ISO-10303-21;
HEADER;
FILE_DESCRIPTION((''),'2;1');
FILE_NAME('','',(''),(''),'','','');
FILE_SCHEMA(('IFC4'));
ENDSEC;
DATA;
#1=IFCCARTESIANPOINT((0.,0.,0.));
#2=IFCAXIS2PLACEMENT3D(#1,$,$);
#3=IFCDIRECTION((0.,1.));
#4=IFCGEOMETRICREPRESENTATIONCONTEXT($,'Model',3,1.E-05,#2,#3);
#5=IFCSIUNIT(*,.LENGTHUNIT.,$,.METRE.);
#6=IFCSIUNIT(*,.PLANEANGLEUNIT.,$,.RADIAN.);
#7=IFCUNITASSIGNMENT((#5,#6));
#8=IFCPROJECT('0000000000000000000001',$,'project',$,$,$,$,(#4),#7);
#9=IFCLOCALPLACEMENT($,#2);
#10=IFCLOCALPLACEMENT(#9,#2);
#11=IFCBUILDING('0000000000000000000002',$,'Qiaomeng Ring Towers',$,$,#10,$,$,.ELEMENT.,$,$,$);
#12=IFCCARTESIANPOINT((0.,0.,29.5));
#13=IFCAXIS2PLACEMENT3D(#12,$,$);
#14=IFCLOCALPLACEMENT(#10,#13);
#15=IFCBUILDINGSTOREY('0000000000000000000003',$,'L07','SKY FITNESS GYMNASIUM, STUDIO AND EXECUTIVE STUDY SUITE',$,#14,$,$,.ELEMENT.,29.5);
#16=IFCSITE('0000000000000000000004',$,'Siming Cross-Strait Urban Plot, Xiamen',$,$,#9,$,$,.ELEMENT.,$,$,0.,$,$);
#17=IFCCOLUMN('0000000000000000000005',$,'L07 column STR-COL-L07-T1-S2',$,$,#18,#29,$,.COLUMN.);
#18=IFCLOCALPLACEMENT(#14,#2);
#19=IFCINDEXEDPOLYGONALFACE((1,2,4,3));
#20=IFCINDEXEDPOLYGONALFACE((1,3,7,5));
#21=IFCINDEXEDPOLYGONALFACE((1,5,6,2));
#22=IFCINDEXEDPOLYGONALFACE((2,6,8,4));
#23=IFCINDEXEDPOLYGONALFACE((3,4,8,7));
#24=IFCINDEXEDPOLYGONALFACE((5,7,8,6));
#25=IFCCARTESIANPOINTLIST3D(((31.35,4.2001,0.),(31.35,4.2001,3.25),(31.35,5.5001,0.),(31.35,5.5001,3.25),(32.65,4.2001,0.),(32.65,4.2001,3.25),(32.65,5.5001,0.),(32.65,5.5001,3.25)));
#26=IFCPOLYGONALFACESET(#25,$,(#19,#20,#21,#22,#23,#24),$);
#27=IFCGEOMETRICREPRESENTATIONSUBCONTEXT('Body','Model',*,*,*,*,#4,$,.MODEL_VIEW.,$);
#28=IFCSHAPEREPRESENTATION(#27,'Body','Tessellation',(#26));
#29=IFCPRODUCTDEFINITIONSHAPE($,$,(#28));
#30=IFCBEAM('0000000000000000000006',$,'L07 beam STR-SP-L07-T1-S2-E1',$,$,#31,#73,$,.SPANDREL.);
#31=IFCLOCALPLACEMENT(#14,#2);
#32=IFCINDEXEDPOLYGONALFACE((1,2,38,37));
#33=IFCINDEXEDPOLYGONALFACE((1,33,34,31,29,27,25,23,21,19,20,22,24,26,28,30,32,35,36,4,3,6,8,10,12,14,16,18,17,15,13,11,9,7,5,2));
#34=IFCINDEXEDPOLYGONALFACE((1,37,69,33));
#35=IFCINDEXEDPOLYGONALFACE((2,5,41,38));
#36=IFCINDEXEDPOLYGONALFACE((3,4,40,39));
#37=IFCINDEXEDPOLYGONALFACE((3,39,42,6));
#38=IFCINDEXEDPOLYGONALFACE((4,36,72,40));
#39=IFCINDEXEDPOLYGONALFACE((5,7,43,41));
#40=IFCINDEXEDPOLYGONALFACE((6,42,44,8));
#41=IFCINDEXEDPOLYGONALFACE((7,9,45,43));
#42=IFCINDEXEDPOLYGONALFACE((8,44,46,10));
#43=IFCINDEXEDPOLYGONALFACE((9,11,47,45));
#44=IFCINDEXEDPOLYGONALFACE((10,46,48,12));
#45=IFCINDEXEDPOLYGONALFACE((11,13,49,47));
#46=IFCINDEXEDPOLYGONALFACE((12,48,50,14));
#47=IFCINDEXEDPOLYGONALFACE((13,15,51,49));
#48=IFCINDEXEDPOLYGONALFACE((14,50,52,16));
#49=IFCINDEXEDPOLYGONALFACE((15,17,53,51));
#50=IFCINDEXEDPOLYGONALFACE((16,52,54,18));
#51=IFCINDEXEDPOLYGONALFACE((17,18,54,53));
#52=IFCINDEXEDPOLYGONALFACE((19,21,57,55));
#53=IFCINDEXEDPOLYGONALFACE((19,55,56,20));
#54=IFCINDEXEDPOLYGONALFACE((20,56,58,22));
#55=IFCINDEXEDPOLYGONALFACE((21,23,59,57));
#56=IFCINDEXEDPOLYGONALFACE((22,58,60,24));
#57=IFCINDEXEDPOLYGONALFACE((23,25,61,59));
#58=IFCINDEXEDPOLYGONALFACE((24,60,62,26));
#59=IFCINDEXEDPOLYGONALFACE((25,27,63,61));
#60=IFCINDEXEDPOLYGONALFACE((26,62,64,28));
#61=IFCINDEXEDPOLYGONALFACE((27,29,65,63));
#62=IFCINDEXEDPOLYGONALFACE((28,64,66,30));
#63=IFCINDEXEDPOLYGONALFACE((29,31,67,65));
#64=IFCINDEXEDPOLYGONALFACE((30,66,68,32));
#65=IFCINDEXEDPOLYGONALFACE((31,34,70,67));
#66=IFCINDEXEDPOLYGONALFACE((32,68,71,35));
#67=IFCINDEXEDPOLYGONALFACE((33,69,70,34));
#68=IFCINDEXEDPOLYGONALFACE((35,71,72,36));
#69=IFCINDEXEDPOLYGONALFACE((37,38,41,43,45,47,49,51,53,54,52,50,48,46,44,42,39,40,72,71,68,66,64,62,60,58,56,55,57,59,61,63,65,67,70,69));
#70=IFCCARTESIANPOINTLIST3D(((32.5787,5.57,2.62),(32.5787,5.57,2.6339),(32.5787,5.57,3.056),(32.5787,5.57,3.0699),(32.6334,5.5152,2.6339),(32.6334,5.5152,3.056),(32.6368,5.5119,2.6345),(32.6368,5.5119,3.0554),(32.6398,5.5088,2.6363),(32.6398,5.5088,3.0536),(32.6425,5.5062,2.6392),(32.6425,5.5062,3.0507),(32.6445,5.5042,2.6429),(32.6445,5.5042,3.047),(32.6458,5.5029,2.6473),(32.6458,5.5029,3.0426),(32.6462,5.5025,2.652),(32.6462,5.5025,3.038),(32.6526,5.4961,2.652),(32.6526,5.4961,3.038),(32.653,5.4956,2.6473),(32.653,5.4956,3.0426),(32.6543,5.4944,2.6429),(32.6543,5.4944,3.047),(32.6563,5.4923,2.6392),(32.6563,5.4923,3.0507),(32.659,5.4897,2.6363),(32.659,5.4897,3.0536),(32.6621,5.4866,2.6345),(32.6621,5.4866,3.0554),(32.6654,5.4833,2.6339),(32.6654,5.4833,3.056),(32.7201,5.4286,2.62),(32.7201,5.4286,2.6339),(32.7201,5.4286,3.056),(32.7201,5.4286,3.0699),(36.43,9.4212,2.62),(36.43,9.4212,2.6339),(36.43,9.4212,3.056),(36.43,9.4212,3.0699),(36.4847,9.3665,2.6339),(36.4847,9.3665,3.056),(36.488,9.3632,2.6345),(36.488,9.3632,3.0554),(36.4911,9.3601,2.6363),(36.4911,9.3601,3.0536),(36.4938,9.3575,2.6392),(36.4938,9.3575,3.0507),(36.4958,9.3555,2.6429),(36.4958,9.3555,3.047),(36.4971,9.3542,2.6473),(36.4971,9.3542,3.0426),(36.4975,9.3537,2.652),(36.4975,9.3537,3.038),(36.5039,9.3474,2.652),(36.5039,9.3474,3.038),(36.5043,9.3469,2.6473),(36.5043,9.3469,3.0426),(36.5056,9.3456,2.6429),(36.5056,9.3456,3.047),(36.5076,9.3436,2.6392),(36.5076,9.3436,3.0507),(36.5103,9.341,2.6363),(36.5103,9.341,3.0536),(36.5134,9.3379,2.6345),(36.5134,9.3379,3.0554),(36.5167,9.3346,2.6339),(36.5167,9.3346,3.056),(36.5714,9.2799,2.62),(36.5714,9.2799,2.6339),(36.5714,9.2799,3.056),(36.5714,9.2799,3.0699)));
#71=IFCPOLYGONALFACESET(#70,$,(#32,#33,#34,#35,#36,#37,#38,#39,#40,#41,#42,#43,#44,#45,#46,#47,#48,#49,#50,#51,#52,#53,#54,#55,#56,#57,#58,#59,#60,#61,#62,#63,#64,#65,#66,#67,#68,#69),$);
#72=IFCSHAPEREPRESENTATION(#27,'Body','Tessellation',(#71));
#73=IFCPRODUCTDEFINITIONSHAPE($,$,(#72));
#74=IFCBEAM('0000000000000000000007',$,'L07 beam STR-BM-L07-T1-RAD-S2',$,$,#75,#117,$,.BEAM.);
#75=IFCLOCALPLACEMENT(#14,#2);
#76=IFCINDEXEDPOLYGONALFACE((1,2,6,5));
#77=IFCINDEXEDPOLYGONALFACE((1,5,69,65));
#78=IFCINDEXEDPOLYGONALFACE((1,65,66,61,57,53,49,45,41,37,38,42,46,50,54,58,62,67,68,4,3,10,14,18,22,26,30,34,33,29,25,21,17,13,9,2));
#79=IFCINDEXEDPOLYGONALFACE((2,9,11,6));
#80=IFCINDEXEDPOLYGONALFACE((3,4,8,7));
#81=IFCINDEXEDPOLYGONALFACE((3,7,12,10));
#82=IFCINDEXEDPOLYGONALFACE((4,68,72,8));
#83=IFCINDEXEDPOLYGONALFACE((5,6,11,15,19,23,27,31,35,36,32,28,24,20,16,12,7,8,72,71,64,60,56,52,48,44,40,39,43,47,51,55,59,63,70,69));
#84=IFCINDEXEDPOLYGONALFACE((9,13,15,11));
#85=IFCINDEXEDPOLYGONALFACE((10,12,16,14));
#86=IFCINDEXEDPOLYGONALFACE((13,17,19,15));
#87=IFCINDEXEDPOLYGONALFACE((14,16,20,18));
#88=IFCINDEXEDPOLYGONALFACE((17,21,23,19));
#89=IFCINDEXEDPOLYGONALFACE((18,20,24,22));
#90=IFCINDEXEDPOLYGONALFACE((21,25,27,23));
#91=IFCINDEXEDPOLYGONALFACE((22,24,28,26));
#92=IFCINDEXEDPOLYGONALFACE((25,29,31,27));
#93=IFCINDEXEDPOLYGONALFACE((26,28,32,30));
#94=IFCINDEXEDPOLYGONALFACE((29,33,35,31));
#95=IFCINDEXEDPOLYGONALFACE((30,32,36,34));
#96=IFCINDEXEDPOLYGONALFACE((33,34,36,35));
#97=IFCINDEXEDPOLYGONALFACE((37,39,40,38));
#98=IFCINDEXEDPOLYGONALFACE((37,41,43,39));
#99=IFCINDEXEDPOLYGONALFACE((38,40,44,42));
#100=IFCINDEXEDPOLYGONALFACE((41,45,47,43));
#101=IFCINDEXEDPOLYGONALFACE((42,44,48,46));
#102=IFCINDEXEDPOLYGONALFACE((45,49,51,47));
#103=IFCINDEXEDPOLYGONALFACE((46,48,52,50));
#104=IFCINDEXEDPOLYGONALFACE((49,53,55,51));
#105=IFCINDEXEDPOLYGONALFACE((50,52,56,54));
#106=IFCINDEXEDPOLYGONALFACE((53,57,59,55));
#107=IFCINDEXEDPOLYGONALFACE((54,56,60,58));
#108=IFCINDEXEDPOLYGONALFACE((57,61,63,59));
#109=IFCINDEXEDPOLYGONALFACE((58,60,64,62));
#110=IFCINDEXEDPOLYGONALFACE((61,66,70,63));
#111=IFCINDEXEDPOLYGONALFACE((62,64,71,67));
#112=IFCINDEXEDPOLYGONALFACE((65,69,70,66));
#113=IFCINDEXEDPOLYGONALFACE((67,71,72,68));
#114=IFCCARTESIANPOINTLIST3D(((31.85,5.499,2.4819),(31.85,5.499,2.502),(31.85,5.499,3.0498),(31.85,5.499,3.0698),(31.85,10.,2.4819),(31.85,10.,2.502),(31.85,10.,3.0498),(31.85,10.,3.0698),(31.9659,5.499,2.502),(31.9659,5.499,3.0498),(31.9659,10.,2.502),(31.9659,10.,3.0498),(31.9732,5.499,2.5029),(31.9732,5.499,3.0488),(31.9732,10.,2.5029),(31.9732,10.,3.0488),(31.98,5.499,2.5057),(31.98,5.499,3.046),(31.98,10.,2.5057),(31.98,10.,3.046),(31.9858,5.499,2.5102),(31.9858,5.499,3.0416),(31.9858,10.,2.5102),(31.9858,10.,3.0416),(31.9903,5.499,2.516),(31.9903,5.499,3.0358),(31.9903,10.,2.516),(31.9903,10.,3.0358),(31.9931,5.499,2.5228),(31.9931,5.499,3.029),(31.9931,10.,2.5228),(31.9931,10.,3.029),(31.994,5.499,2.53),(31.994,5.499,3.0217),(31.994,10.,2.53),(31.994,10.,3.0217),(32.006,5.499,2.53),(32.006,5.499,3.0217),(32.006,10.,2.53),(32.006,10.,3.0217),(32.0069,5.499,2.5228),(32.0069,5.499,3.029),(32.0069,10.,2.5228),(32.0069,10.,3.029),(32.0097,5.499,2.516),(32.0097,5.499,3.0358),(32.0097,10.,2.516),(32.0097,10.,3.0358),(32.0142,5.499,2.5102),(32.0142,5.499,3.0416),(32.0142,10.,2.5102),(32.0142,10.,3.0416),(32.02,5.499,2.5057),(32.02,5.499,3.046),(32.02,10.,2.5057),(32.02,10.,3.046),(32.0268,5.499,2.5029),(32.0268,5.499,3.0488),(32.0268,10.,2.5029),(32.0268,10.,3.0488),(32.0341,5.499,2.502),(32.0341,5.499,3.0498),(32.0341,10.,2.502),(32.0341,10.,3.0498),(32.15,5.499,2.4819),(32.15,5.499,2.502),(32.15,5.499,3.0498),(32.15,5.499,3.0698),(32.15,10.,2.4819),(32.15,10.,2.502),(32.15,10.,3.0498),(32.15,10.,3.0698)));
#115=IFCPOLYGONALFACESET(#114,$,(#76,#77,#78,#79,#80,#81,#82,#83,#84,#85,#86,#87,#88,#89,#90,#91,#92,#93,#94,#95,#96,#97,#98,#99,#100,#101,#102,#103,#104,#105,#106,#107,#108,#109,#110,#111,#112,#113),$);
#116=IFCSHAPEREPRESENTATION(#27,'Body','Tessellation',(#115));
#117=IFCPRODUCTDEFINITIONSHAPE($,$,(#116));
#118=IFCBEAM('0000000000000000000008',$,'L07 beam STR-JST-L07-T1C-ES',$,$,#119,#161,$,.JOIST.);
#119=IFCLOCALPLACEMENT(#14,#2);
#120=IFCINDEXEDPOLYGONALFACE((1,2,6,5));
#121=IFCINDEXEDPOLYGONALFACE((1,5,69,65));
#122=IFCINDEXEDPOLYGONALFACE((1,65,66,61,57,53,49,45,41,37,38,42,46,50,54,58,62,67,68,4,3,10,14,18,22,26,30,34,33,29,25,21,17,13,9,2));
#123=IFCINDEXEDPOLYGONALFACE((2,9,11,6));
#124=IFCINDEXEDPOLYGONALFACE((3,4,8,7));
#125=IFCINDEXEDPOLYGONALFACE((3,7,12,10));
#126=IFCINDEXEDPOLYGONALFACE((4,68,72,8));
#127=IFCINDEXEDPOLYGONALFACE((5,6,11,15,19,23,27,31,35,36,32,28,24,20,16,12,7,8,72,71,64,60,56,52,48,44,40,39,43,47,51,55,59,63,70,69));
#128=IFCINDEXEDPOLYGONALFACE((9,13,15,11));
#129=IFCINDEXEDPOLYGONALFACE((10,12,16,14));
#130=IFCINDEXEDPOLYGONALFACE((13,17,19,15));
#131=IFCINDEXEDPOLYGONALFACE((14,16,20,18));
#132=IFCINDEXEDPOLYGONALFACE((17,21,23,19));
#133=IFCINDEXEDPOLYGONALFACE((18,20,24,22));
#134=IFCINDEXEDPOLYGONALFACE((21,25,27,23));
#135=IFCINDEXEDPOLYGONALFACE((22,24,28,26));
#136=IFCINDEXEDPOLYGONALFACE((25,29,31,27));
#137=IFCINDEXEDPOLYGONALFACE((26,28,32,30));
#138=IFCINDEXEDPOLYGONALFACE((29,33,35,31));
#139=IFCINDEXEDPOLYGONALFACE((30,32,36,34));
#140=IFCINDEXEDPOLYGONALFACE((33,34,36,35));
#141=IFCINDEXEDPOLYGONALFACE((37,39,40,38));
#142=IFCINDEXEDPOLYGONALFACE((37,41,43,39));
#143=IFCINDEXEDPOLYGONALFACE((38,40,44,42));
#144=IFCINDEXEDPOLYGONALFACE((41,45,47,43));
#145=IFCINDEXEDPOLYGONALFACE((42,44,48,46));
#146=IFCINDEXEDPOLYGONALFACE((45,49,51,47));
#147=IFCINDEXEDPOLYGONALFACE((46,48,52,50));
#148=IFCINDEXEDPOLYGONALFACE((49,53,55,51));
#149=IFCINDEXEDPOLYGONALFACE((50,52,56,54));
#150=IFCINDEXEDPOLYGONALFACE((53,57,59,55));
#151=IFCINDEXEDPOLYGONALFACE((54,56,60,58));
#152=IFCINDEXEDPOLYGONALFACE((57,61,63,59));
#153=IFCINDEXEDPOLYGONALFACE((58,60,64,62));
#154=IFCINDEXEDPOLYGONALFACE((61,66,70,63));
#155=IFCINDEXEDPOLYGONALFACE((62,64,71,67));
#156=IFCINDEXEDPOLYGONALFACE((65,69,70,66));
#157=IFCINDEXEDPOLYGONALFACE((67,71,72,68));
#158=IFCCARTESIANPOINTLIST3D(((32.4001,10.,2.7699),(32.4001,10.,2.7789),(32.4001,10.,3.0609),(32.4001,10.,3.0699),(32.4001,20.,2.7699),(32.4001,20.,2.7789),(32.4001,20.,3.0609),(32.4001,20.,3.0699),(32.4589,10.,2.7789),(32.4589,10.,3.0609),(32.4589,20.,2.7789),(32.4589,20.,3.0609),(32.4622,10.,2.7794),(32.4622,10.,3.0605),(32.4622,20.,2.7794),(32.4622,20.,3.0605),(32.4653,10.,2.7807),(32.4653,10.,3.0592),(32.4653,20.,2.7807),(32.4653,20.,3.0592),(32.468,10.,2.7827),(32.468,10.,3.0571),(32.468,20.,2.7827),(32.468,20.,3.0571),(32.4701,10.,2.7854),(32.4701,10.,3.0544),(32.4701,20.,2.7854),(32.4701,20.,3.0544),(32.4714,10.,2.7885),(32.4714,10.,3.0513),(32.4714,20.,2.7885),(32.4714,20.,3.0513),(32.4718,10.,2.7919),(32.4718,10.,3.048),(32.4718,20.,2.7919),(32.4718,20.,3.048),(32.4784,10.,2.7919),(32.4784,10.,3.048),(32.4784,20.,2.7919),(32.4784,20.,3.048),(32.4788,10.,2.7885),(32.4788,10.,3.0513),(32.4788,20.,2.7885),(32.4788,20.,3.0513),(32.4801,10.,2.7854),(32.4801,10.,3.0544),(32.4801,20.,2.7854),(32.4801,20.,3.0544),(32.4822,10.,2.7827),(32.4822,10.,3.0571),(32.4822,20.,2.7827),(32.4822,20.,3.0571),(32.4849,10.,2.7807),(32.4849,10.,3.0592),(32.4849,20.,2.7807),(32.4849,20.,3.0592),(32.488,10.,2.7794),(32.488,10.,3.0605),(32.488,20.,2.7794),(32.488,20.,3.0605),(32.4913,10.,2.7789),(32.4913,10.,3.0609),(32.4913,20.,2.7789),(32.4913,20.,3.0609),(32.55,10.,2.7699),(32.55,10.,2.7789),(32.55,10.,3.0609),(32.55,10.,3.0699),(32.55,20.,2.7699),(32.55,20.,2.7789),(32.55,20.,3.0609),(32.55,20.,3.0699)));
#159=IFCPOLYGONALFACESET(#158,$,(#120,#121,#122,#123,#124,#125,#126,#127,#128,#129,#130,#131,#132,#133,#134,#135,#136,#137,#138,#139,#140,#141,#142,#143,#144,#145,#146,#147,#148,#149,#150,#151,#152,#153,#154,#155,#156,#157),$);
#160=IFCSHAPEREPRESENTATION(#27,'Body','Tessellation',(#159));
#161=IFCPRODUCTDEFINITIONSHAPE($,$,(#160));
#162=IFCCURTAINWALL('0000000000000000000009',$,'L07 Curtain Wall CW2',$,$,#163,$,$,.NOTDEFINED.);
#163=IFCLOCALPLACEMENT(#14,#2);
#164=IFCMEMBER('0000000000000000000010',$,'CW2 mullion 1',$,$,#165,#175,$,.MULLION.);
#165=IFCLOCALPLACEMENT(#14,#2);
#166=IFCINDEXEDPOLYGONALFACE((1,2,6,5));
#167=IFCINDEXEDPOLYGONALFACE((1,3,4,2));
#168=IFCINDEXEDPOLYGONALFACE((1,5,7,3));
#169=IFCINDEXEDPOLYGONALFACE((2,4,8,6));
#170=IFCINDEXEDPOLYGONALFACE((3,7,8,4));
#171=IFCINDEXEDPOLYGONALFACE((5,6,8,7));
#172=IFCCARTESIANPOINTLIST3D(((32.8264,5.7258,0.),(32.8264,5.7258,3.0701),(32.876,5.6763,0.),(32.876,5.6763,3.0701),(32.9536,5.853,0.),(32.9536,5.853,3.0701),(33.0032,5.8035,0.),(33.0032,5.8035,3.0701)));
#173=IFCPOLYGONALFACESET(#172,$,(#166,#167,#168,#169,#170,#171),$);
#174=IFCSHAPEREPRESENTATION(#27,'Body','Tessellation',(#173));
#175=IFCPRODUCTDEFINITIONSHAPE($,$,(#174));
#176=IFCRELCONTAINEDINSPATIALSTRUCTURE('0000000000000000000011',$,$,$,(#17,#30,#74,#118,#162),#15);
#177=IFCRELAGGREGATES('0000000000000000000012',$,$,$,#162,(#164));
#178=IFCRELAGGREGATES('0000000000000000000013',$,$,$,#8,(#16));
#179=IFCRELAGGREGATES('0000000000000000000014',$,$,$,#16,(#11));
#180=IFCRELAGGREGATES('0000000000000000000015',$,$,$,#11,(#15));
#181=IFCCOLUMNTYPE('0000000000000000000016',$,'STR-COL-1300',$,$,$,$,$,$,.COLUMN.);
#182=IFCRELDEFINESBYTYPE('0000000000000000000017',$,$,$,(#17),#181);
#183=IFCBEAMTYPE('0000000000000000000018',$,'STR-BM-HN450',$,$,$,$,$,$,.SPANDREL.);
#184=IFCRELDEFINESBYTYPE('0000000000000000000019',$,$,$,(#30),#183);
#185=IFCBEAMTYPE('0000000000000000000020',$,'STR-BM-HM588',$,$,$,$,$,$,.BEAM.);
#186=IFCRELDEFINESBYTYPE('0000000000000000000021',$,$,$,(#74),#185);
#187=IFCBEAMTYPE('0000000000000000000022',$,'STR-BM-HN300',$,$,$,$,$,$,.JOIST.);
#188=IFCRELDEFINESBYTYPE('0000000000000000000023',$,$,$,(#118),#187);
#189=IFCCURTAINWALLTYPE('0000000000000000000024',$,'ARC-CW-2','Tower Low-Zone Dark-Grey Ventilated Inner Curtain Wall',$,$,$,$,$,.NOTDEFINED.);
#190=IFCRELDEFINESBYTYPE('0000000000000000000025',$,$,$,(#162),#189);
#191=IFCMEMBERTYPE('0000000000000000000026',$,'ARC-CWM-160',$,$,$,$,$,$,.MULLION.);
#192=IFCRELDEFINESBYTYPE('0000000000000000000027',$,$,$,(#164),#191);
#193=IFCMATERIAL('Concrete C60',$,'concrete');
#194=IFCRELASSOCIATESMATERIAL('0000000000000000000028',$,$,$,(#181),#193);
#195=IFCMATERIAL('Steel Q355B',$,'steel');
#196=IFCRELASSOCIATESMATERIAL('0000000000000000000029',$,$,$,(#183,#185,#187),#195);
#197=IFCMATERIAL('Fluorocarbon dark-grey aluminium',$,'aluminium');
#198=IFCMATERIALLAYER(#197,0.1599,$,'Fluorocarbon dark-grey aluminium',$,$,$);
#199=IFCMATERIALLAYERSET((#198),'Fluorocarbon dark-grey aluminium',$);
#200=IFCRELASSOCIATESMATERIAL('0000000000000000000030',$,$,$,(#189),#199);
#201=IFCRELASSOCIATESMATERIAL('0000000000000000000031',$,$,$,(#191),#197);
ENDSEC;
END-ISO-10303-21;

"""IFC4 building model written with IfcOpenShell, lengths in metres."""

from ifc_helpers import new_model, si_unit, direction, frame, origin, origin_2d, place, context, subcontext, project, spatial, rectangle, i_section, extrude, source, transform, mapped, material, layer, layer_set, material_profile, profile_set, type_object, element, aggregate, save


model = new_model("IFC4")

# Units and contexts
model_context = context("Model", 3, precision=1e-05, world=origin(), true_north=direction((0.0, 1.0)))
body_context = subcontext(model_context, "Body", "Model", "MODEL_VIEW")
ifc_project = project(units=[si_unit("LENGTHUNIT", "METRE"), si_unit("PLANEANGLEUNIT", "RADIAN")], contexts=[model_context])

# Site, building, storey
site_placement = place(None, origin())
site = spatial("IfcSite", under=ifc_project, at=site_placement, Name="Siming Cross-Strait Urban Plot, Xiamen", CompositionType="ELEMENT", RefElevation=0.0)
building_placement = place(site_placement, origin())
building = spatial("IfcBuilding", under=site, at=building_placement, Name="Qiaomeng Ring Towers", CompositionType="ELEMENT")
storey_placement = place(building_placement, frame((0.0, 0.0, 29.5)))
storey = spatial("IfcBuildingStorey", under=building, at=storey_placement, Name="L07", Description="SKY FITNESS GYMNASIUM, STUDIO AND EXECUTIVE STUDY SUITE", CompositionType="ELEMENT", Elevation=29.5)

# Column
ifc_material_1 = material(Name="Concrete C60", Category="concrete")
ifc_material_profile_1 = material_profile(ifc_material_1, rectangle(XDim=1.3, YDim=1.3, at=origin_2d()), Name="RC COL 1300x1300")
ifc_profile_set_1 = profile_set([ifc_material_profile_1], Name="Concrete C60")
column_type = type_object("IfcColumnType", Name="STR-COL-1300", PredefinedType="COLUMN", material=ifc_profile_set_1)
shared_shape_1 = source(origin(), body_context, "Body", "SweptSolid", [
    extrude(rectangle(XDim=1.3, YDim=1.3, at=origin_2d()), origin(), (0.0, 0.0, 1.0), 3.25),
])
column_placement = place(storey_placement, frame((32.0, 4.8501, 0.0), z_axis=(0.0, 0.0, 1.0), x_axis=(1.0, 0.0, 0.0)))
element("IfcColumn", 1, at=column_placement, inside=storey, type_object=column_type, Name="L07 column STR-COL-L07-T1-S2", PredefinedType="COLUMN", context=body_context, shape_type="MappedRepresentation", body=[
    mapped(shared_shape_1, transform((0.0, 0.0, 0.0), x_axis=(1.0, 0.0, 0.0), y_axis=(0.0, 1.0, 0.0), z_axis=(0.0, 0.0, 1.0), scale=1.0)),
])

# Beams
ifc_material_2 = material(Name="Steel Q355B", Category="steel")
ifc_material_profile_2 = material_profile(ifc_material_2, i_section(OverallWidth=0.2, OverallDepth=0.45, WebThickness=0.009, FlangeThickness=0.0139, FilletRadius=0.0181, at=origin_2d()), Name="HN 450x200x9x14")
ifc_profile_set_2 = profile_set([ifc_material_profile_2], Name="Steel Q355B")
beam_type_1 = type_object("IfcBeamType", Name="STR-BM-HN450", PredefinedType="SPANDREL", material=ifc_profile_set_2)
shared_shape_2 = source(origin(), body_context, "Body", "SweptSolid", [
    extrude(i_section(OverallWidth=0.2, OverallDepth=0.45, WebThickness=0.009, FlangeThickness=0.0139, FilletRadius=0.0181, at=origin_2d()), origin(), (0.0, 0.0, 1.0), 5.4465),
])
beam_1_placement = place(storey_placement, frame((32.6494, 5.4993, 2.845), z_axis=(0.707107, 0.707107, 0.0), x_axis=(-0.707107, 0.707107, 0.0)))
element("IfcBeam", 2, at=beam_1_placement, inside=storey, type_object=beam_type_1, Name="L07 beam STR-SP-L07-T1-S2-E1", PredefinedType="SPANDREL", context=body_context, shape_type="MappedRepresentation", body=[
    mapped(shared_shape_2, transform((0.0, 0.0, 0.0), x_axis=(1.0, 0.0, 0.0), y_axis=(0.0, 1.0, 0.0), z_axis=(0.0, 0.0, 1.0), scale=1.0)),
])
ifc_material_profile_3 = material_profile(ifc_material_2, i_section(OverallWidth=0.3, OverallDepth=0.5879, WebThickness=0.012, FlangeThickness=0.02, FilletRadius=0.0281, at=origin_2d()), Name="HM 588x300x12x20")
ifc_profile_set_3 = profile_set([ifc_material_profile_3], Name="Steel Q355B")
beam_type_2 = type_object("IfcBeamType", Name="STR-BM-HM588", PredefinedType="BEAM", material=ifc_profile_set_3)
shared_shape_3 = source(origin(), body_context, "Body", "SweptSolid", [
    extrude(i_section(OverallWidth=0.3, OverallDepth=0.5879, WebThickness=0.012, FlangeThickness=0.02, FilletRadius=0.0281, at=origin_2d()), origin(), (0.0, 0.0, 1.0), 4.501),
])
beam_2_placement = place(storey_placement, frame((32.0, 5.499, 2.7759), z_axis=(0.0, 1.0, 0.0), x_axis=(-1.0, 0.0, 0.0)))
element("IfcBeam", 3, at=beam_2_placement, inside=storey, type_object=beam_type_2, Name="L07 beam STR-BM-L07-T1-RAD-S2", PredefinedType="BEAM", context=body_context, shape_type="MappedRepresentation", body=[
    mapped(shared_shape_3, transform((0.0, 0.0, 0.0), x_axis=(1.0, 0.0, 0.0), y_axis=(0.0, 1.0, 0.0), z_axis=(0.0, 0.0, 1.0), scale=1.0)),
])
ifc_material_profile_4 = material_profile(ifc_material_2, i_section(OverallWidth=0.1499, OverallDepth=0.3, WebThickness=0.0066, FlangeThickness=0.009, FilletRadius=0.0129, at=origin_2d()), Name="HN 300x150x6.5x9")
ifc_profile_set_4 = profile_set([ifc_material_profile_4], Name="Steel Q355B")
beam_type_3 = type_object("IfcBeamType", Name="STR-BM-HN300", PredefinedType="JOIST", material=ifc_profile_set_4)
shared_shape_4 = source(origin(), body_context, "Body", "SweptSolid", [
    extrude(i_section(OverallWidth=0.1499, OverallDepth=0.3, WebThickness=0.0066, FlangeThickness=0.009, FilletRadius=0.0129, at=origin_2d()), origin(), (0.0, 0.0, 1.0), 10.0),
])
beam_3_placement = place(storey_placement, frame((32.4751, 10.0, 2.9199), z_axis=(0.0, 1.0, 0.0), x_axis=(-1.0, 0.0, 0.0)))
element("IfcBeam", 4, at=beam_3_placement, inside=storey, type_object=beam_type_3, Name="L07 beam STR-JST-L07-T1C-ES", PredefinedType="JOIST", context=body_context, shape_type="MappedRepresentation", body=[
    mapped(shared_shape_4, transform((0.0, 0.0, 0.0), x_axis=(1.0, 0.0, 0.0), y_axis=(0.0, 1.0, 0.0), z_axis=(0.0, 0.0, 1.0), scale=1.0)),
])

# Curtain wall, member
ifc_material_3 = material(Name="Fluorocarbon dark-grey aluminium", Category="aluminium")
ifc_layer_1 = layer(ifc_material_3, 0.1599, Name="Fluorocarbon dark-grey aluminium")
ifc_layer_set_1 = layer_set([ifc_layer_1], Name="Fluorocarbon dark-grey aluminium")
curtain_wall_type = type_object("IfcCurtainWallType", Name="ARC-CW-2", Description="Tower Low-Zone Dark-Grey Ventilated Inner Curtain Wall", PredefinedType="NOTDEFINED", material=ifc_layer_set_1)
curtain_wall_placement = place(storey_placement, origin())
curtain_wall = element("IfcCurtainWall", 5, at=curtain_wall_placement, inside=storey, type_object=curtain_wall_type, Name="L07 Curtain Wall CW2", PredefinedType="NOTDEFINED")
ifc_material_profile_5 = material_profile(ifc_material_3, rectangle(XDim=0.0701, YDim=0.1799, at=origin_2d()), Name="ALU MULL 70x180")
ifc_profile_set_5 = profile_set([ifc_material_profile_5], Name="Fluorocarbon dark-grey aluminium")
member_type_1 = type_object("IfcMemberType", Name="ARC-CWM-160", PredefinedType="MULLION", material=ifc_profile_set_5)
shared_shape_5 = source(origin(), body_context, "Body", "SweptSolid", [
    extrude(rectangle(XDim=0.0701, YDim=0.1799, at=origin_2d()), origin(), (0.0, 0.0, 1.0), 3.0701),
])
member_1_placement = place(storey_placement, frame((32.9148, 5.7646, 0.0), z_axis=(0.0, 0.0, 1.0), x_axis=(-0.707107, 0.707107, 0.0)))
member_1 = element("IfcMember", 6, at=member_1_placement, type_object=member_type_1, Name="CW2 mullion 1", PredefinedType="MULLION", context=body_context, shape_type="MappedRepresentation", body=[
    mapped(shared_shape_5, transform((0.0, 0.0, 0.0), x_axis=(1.0, 0.0, 0.0), y_axis=(0.0, 1.0, 0.0), z_axis=(0.0, 0.0, 1.0), scale=1.0)),
])
aggregate(curtain_wall, [member_1])

save(model, "model.ifc")
